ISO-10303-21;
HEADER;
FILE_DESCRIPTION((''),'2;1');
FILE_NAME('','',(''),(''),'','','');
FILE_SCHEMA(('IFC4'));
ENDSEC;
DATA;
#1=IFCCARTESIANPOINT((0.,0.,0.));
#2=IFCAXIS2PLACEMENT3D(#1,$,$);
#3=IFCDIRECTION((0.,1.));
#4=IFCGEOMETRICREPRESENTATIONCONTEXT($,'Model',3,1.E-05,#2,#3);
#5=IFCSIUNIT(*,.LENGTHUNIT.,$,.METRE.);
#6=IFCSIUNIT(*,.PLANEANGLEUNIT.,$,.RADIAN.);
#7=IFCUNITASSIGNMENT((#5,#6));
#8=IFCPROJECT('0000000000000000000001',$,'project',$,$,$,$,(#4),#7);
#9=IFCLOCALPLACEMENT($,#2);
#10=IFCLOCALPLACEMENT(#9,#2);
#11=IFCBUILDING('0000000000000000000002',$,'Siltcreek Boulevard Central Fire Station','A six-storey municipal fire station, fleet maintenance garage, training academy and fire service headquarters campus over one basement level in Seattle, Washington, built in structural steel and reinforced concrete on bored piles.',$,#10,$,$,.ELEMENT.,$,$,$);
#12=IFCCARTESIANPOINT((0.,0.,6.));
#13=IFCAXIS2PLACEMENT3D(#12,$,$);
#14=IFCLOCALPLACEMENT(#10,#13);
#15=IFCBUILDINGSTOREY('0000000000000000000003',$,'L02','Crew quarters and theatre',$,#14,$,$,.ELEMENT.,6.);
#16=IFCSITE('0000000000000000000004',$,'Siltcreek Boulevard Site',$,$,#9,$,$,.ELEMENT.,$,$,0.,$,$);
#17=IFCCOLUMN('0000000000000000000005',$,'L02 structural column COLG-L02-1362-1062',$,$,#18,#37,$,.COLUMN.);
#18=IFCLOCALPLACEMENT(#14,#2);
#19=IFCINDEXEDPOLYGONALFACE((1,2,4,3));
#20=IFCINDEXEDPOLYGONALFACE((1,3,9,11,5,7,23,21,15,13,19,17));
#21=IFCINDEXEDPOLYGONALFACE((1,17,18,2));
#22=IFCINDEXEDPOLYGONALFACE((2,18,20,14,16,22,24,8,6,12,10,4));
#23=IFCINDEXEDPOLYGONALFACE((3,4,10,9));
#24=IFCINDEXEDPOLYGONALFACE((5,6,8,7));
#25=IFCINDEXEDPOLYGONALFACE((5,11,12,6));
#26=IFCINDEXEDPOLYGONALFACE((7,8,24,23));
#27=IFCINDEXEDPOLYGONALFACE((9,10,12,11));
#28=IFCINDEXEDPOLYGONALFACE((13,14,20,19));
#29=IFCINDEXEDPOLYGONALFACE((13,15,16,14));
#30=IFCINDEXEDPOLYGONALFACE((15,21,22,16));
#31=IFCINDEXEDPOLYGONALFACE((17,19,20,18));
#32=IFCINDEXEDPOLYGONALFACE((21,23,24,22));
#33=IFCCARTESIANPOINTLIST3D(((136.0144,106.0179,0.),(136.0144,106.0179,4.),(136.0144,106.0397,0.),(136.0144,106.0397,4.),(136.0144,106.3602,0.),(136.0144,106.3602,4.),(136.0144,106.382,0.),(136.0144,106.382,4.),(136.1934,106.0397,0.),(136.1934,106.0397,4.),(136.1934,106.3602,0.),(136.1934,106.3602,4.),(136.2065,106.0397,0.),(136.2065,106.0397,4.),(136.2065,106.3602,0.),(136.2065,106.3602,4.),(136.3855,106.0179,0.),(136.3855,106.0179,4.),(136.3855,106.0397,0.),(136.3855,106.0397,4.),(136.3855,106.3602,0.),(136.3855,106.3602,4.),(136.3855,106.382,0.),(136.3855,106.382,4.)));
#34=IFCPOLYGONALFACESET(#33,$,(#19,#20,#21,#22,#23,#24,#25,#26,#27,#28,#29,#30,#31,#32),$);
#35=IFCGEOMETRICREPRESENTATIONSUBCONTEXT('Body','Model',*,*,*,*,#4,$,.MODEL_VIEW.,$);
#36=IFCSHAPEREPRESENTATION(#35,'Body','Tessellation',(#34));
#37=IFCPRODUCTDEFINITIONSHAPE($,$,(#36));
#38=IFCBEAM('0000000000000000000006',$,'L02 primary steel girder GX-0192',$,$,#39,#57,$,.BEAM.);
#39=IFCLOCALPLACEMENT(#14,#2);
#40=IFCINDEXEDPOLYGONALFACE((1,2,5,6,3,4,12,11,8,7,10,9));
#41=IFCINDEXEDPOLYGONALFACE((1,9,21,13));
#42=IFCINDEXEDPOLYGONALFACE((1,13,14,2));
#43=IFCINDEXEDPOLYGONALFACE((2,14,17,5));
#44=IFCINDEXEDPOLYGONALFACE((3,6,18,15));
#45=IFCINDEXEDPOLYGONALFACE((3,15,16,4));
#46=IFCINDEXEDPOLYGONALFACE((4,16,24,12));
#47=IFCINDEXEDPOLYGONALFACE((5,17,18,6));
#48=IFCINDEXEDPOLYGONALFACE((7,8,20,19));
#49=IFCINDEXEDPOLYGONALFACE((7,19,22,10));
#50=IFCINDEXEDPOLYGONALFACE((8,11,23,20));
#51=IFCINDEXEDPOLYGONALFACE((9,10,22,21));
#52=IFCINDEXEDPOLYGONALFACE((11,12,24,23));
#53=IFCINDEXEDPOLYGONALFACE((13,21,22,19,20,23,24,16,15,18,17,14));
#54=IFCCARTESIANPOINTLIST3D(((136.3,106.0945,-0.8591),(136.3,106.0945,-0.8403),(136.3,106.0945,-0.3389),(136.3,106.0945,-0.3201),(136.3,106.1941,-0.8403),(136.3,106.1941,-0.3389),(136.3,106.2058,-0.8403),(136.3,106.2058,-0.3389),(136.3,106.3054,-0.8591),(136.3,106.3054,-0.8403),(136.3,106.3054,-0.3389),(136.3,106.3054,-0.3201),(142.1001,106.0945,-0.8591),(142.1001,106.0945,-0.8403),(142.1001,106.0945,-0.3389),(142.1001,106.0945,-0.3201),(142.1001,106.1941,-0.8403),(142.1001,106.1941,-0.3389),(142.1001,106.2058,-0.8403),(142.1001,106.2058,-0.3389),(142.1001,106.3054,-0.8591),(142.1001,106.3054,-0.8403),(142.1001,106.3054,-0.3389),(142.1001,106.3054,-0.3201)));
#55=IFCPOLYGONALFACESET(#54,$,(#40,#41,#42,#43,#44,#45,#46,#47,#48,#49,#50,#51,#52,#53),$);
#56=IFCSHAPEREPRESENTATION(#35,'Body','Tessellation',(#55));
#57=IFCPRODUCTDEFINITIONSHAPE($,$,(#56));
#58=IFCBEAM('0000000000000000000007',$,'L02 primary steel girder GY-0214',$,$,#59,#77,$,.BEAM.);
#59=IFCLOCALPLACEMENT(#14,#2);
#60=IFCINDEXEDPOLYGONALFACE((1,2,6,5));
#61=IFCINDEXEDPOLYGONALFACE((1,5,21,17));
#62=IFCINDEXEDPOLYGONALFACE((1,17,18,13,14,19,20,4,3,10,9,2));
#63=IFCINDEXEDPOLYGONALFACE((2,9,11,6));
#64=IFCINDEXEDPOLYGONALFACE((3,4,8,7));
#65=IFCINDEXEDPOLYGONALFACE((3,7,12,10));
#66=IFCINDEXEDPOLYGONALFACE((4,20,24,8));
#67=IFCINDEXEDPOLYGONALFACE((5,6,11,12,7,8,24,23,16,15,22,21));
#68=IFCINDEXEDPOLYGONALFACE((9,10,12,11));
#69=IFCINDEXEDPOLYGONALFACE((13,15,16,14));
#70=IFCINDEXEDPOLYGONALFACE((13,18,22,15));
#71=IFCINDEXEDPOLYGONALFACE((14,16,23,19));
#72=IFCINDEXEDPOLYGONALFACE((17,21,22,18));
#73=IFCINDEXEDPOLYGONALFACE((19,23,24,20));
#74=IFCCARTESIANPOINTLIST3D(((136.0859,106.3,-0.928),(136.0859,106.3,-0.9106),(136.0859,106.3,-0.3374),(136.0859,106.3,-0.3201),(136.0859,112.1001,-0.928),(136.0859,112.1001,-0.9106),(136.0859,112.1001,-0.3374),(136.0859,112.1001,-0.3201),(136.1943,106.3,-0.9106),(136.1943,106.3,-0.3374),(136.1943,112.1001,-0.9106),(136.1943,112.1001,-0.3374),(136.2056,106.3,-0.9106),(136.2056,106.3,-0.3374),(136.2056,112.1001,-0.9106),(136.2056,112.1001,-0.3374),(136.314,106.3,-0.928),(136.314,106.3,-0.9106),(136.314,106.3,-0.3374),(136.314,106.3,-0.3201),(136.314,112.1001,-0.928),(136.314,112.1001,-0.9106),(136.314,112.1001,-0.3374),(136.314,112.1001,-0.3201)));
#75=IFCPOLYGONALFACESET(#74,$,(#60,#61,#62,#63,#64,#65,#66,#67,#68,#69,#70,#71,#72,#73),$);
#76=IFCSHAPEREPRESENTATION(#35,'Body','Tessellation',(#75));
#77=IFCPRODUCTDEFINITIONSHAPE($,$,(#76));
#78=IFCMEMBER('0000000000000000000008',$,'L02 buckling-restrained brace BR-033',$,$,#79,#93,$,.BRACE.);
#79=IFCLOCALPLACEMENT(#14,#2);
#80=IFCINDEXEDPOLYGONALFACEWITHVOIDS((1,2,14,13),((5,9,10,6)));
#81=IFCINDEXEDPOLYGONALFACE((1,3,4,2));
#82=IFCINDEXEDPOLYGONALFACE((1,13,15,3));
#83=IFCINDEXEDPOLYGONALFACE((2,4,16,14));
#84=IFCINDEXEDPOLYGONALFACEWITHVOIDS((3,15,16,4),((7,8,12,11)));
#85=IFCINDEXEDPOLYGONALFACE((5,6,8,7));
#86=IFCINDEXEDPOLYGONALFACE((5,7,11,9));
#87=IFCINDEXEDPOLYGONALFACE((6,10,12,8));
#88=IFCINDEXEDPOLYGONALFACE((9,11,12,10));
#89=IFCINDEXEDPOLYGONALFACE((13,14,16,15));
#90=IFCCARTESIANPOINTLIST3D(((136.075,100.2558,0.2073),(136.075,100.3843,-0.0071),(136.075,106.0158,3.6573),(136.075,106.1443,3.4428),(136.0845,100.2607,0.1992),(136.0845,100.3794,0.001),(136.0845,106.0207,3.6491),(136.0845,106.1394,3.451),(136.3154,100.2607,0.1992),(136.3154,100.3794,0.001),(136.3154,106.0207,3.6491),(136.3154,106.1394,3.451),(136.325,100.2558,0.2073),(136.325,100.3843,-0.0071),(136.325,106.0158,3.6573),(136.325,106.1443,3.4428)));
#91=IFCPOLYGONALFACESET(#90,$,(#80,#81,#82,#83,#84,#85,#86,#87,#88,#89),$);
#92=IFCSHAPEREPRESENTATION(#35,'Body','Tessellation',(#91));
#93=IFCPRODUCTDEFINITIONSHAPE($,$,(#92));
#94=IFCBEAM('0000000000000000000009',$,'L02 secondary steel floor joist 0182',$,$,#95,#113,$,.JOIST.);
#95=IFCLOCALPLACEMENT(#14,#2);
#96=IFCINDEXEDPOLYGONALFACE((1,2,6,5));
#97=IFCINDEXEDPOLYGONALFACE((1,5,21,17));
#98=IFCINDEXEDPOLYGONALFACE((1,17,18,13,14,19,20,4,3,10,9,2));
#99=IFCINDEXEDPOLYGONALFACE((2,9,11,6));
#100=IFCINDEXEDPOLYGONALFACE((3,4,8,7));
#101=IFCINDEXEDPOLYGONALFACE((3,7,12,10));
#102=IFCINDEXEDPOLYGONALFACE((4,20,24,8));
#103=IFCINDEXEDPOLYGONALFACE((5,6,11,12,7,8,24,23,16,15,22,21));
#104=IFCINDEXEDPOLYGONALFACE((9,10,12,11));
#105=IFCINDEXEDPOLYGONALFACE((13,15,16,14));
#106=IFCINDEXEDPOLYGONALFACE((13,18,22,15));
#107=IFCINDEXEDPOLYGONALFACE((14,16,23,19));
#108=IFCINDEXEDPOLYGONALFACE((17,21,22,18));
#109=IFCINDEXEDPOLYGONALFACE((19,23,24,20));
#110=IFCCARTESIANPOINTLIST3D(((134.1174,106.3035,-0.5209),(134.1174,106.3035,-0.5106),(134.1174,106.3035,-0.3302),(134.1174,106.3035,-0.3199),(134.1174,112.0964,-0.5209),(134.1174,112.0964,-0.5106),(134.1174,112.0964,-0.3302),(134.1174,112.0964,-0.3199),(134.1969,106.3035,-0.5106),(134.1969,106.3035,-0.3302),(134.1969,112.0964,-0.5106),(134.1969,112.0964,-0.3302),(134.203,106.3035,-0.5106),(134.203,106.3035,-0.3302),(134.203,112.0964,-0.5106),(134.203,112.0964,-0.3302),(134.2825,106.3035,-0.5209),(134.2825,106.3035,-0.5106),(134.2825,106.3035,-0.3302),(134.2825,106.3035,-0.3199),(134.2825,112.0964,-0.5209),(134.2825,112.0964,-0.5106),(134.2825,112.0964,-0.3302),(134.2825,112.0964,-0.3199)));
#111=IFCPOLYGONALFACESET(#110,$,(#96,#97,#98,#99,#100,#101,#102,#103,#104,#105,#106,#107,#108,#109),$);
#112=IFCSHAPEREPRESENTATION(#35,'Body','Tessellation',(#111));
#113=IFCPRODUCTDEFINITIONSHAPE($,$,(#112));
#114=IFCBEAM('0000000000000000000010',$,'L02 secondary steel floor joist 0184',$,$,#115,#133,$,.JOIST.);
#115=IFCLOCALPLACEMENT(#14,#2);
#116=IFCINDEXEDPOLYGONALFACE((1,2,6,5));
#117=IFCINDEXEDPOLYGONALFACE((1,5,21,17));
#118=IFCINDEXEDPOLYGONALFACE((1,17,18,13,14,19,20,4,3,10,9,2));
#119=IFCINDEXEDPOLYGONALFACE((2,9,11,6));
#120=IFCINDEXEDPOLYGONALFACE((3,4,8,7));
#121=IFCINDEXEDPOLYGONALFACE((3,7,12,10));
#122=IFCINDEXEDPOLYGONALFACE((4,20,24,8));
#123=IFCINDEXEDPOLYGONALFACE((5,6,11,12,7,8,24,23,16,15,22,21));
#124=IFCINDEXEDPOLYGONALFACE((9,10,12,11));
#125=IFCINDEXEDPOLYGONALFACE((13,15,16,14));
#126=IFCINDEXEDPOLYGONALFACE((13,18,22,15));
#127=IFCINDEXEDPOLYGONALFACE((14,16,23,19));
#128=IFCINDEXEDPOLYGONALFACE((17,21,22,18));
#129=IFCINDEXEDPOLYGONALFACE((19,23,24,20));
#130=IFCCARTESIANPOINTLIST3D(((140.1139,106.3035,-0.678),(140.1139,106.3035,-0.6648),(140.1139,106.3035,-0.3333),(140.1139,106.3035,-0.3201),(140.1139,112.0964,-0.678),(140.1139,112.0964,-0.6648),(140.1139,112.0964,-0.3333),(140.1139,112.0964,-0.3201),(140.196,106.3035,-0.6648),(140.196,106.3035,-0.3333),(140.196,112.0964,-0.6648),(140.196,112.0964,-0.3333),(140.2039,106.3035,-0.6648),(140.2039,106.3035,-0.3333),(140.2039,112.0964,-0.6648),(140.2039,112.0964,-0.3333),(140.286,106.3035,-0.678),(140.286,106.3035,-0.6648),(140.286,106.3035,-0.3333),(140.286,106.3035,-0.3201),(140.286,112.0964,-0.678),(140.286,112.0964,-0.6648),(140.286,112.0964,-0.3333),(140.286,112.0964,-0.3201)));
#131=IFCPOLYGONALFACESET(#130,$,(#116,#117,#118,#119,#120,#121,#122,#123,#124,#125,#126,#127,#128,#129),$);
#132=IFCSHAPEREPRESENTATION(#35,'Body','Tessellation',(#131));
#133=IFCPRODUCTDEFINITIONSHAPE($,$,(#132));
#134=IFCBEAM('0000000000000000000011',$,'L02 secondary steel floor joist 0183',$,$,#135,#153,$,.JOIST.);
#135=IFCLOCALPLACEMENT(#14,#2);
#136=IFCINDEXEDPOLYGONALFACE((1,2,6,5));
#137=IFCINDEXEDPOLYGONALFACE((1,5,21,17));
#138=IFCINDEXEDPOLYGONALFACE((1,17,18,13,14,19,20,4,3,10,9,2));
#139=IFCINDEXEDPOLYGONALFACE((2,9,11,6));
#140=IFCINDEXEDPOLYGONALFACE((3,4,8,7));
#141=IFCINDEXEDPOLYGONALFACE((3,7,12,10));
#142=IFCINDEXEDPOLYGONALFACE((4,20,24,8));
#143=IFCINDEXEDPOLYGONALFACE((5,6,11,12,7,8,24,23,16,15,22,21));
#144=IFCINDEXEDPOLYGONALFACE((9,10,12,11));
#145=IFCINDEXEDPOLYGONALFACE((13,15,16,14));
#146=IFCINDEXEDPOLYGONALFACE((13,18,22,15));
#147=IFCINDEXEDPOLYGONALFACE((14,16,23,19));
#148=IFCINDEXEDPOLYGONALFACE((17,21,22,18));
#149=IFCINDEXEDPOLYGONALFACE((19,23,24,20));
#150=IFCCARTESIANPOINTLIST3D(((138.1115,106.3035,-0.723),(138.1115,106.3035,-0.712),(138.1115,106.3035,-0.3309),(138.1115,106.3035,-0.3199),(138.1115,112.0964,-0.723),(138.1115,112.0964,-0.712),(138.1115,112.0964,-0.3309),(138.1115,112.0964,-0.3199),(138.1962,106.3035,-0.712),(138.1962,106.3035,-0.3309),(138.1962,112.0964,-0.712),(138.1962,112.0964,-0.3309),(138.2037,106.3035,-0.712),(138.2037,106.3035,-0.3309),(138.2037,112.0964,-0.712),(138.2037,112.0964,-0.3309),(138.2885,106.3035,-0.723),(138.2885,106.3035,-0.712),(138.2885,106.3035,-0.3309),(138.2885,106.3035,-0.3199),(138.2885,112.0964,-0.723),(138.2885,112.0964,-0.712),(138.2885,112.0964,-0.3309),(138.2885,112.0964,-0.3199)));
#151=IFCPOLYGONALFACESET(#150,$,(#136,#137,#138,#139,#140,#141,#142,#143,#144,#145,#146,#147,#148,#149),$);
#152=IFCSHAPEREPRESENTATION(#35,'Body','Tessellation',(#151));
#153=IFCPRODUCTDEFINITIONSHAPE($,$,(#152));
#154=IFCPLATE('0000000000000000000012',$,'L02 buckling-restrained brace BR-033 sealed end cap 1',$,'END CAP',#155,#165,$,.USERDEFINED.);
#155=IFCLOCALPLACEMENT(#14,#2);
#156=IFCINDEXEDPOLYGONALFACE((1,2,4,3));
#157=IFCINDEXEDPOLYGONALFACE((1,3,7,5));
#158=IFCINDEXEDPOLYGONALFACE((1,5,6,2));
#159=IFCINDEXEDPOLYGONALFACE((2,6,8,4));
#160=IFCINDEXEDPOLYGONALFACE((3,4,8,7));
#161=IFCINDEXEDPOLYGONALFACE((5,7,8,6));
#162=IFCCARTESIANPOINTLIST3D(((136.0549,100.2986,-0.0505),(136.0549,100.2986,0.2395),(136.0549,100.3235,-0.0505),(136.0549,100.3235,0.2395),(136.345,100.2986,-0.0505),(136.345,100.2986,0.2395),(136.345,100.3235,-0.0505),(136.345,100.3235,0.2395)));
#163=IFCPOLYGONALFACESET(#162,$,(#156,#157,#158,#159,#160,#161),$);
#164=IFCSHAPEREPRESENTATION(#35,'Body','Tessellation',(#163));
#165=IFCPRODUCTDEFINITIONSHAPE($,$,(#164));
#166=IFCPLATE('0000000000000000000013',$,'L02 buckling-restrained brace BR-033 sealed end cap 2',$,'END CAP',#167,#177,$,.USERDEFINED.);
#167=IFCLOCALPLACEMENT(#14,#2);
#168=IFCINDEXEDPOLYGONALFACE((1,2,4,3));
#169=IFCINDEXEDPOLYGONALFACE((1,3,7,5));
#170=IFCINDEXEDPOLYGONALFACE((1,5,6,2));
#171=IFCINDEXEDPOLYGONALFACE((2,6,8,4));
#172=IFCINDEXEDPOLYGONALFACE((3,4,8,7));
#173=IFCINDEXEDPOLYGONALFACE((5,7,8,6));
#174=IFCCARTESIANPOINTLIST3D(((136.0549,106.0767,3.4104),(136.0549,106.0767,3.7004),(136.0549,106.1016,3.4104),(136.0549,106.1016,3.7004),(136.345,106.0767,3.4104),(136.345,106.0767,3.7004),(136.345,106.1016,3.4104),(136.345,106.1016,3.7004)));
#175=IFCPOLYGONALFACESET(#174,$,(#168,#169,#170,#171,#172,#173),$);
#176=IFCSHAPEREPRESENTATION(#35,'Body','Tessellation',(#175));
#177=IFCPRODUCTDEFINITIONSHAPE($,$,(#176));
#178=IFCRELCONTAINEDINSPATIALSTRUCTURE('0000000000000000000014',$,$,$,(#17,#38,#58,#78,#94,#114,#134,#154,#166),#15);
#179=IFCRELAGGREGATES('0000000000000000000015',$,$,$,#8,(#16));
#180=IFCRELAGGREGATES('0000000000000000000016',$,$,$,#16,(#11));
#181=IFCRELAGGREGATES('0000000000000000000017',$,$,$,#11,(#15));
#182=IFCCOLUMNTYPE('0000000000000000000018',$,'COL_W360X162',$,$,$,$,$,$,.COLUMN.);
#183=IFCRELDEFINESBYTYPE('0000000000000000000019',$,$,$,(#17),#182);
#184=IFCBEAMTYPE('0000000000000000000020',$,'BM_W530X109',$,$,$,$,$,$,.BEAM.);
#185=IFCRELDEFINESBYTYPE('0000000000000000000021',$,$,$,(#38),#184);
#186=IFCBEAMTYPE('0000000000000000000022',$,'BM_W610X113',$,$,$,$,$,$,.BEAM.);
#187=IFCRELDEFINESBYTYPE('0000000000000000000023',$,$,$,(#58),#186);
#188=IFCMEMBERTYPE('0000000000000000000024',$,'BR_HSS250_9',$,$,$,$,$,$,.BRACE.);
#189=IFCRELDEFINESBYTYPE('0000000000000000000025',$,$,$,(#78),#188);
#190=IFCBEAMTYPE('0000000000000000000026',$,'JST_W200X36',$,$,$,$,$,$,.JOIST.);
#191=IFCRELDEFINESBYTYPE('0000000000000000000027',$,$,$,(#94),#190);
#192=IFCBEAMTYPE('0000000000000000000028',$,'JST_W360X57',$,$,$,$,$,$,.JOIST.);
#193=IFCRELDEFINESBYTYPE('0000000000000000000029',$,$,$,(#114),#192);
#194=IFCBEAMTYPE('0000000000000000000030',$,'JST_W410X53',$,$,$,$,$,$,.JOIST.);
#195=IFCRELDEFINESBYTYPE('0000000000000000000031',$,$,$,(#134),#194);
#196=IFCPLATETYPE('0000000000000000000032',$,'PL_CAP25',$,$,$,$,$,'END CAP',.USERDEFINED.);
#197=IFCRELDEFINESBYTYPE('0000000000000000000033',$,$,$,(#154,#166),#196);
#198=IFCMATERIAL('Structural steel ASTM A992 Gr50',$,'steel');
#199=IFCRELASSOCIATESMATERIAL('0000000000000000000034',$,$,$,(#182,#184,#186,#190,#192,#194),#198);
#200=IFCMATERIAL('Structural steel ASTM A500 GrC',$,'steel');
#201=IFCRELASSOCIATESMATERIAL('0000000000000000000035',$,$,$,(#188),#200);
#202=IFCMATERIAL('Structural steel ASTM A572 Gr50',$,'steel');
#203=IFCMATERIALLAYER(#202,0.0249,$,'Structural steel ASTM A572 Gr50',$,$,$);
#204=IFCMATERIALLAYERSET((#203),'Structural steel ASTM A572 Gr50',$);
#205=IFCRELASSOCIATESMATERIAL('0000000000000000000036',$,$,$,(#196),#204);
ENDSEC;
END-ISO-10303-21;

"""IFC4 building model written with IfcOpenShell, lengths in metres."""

from ifc_helpers import new_model, si_unit, direction, frame, origin, origin_2d, place, context, subcontext, project, spatial, rectangle, hollow_rectangle, i_section, extrude, material, layer, layer_set, material_profile, profile_set, type_object, element, save


model = new_model("IFC4")

# Units and contexts
model_context = context("Model", 3, precision=1e-05, world=origin(), true_north=direction((0.0, 1.0)))
body_context = subcontext(model_context, "Body", "Model", "MODEL_VIEW")
ifc_project = project(units=[si_unit("LENGTHUNIT", "METRE"), si_unit("PLANEANGLEUNIT", "RADIAN")], contexts=[model_context])

# Site, building, storey
site_placement = place(None, origin())
site = spatial("IfcSite", under=ifc_project, at=site_placement, Name="Siltcreek Boulevard Site", CompositionType="ELEMENT", RefElevation=0.0)
building_placement = place(site_placement, origin())
building = spatial("IfcBuilding", under=site, at=building_placement, Name="Siltcreek Boulevard Central Fire Station", Description="A six-storey municipal fire station, fleet maintenance garage, training academy and fire service headquarters campus over one basement level in Seattle, Washington, built in structural steel and reinforced concrete on bored piles.", CompositionType="ELEMENT")
storey_placement = place(building_placement, frame((0.0, 0.0, 6.0)))
storey = spatial("IfcBuildingStorey", under=building, at=storey_placement, Name="L02", Description="Crew quarters and theatre", CompositionType="ELEMENT", Elevation=6.0)

# Column
ifc_material_1 = material(Name="Structural steel ASTM A992 Gr50", Category="steel")
ifc_material_profile_1 = material_profile(ifc_material_1, i_section(OverallWidth=0.3711, OverallDepth=0.364, WebThickness=0.0132, FlangeThickness=0.0217, at=origin_2d()), Name="W360X162")
ifc_profile_set_1 = profile_set([ifc_material_profile_1], Name="Structural steel ASTM A992 Gr50")
column_type = type_object("IfcColumnType", Name="COL_W360X162", PredefinedType="COLUMN", material=ifc_profile_set_1)
column_placement = place(storey_placement, frame((136.2, 106.2, 0.0), z_axis=(0.0, 0.0, 1.0), x_axis=(1.0, 0.0, 0.0)))
element("IfcColumn", 1, at=column_placement, inside=storey, type_object=column_type, Name="L02 structural column COLG-L02-1362-1062", PredefinedType="COLUMN", context=body_context, shape_type="SweptSolid", body=[
    extrude(i_section(OverallWidth=0.3711, OverallDepth=0.364, WebThickness=0.0132, FlangeThickness=0.0217, at=origin_2d()), origin(), (0.0, 0.0, 1.0), 4.0),
])

# Beams
ifc_material_profile_2 = material_profile(ifc_material_1, i_section(OverallWidth=0.2109, OverallDepth=0.5391, WebThickness=0.0117, FlangeThickness=0.0188, at=origin_2d()), Name="W530X109")
ifc_profile_set_2 = profile_set([ifc_material_profile_2], Name="Structural steel ASTM A992 Gr50")
beam_type_1 = type_object("IfcBeamType", Name="BM_W530X109", PredefinedType="BEAM", material=ifc_profile_set_2)
beam_1_placement = place(storey_placement, frame((136.3, 106.2, -0.5896), z_axis=(1.0, 0.0, 0.0), x_axis=(0.0, 1.0, 0.0)))
element("IfcBeam", 2, at=beam_1_placement, inside=storey, type_object=beam_type_1, Name="L02 primary steel girder GX-0192", PredefinedType="BEAM", context=body_context, shape_type="SweptSolid", body=[
    extrude(i_section(OverallWidth=0.2109, OverallDepth=0.5391, WebThickness=0.0117, FlangeThickness=0.0188, at=origin_2d()), origin(), (0.0, 0.0, 1.0), 5.8),
])
ifc_material_profile_3 = material_profile(ifc_material_1, i_section(OverallWidth=0.228, OverallDepth=0.6079, WebThickness=0.0112, FlangeThickness=0.0173, at=origin_2d()), Name="W610X113")
ifc_profile_set_3 = profile_set([ifc_material_profile_3], Name="Structural steel ASTM A992 Gr50")
beam_type_2 = type_object("IfcBeamType", Name="BM_W610X113", PredefinedType="BEAM", material=ifc_profile_set_3)
beam_2_placement = place(storey_placement, frame((136.2, 106.3, -0.624), z_axis=(0.0, 1.0, 0.0), x_axis=(-1.0, 0.0, 0.0)))
element("IfcBeam", 3, at=beam_2_placement, inside=storey, type_object=beam_type_2, Name="L02 primary steel girder GY-0214", PredefinedType="BEAM", context=body_context, shape_type="SweptSolid", body=[
    extrude(i_section(OverallWidth=0.228, OverallDepth=0.6079, WebThickness=0.0112, FlangeThickness=0.0173, at=origin_2d()), origin(), (0.0, 0.0, 1.0), 5.8),
])

# Member
ifc_material_2 = material(Name="Structural steel ASTM A500 GrC", Category="steel")
ifc_material_profile_4 = material_profile(ifc_material_2, hollow_rectangle(XDim=0.25, YDim=0.25, WallThickness=0.0095, at=origin_2d()), Name="HSS250X250X9.5")
ifc_profile_set_4 = profile_set([ifc_material_profile_4], Name="Structural steel ASTM A500 GrC")
member_type = type_object("IfcMemberType", Name="BR_HSS250_9", PredefinedType="BRACE", material=ifc_profile_set_4)
member_placement = place(storey_placement, frame((136.2, 100.3201, 0.1001), z_axis=(0.0, 0.857891, 0.513833), x_axis=(-1.0, 0.0, 0.0)))
element("IfcMember", 4, at=member_placement, inside=storey, type_object=member_type, Name="L02 buckling-restrained brace BR-033", PredefinedType="BRACE", context=body_context, shape_type="SweptSolid", body=[
    extrude(hollow_rectangle(XDim=0.25, YDim=0.25, WallThickness=0.0095, at=origin_2d()), origin(), (0.0, 0.0, 1.0), 6.7141),
])

# Beams
ifc_material_profile_5 = material_profile(ifc_material_1, i_section(OverallWidth=0.165, OverallDepth=0.2009, WebThickness=0.0061, FlangeThickness=0.0103, at=origin_2d()), Name="W200X36")
ifc_profile_set_5 = profile_set([ifc_material_profile_5], Name="Structural steel ASTM A992 Gr50")
beam_type_3 = type_object("IfcBeamType", Name="JST_W200X36", PredefinedType="JOIST", material=ifc_profile_set_5)
beam_3_placement = place(storey_placement, frame((134.2, 106.3035, -0.4204), z_axis=(0.0, 1.0, 0.0), x_axis=(-1.0, 0.0, 0.0)))
element("IfcBeam", 5, at=beam_3_placement, inside=storey, type_object=beam_type_3, Name="L02 secondary steel floor joist 0182", PredefinedType="JOIST", context=body_context, shape_type="SweptSolid", body=[
    extrude(i_section(OverallWidth=0.165, OverallDepth=0.2009, WebThickness=0.0061, FlangeThickness=0.0103, at=origin_2d()), origin(), (0.0, 0.0, 1.0), 5.793),
])
ifc_material_profile_6 = material_profile(ifc_material_1, i_section(OverallWidth=0.1721, OverallDepth=0.3579, WebThickness=0.0078, FlangeThickness=0.0132, at=origin_2d()), Name="W360X57")
ifc_profile_set_6 = profile_set([ifc_material_profile_6], Name="Structural steel ASTM A992 Gr50")
beam_type_4 = type_object("IfcBeamType", Name="JST_W360X57", PredefinedType="JOIST", material=ifc_profile_set_6)
beam_4_placement = place(storey_placement, frame((140.2, 106.3035, -0.499), z_axis=(0.0, 1.0, 0.0), x_axis=(-1.0, 0.0, 0.0)))
element("IfcBeam", 6, at=beam_4_placement, inside=storey, type_object=beam_type_4, Name="L02 secondary steel floor joist 0184", PredefinedType="JOIST", context=body_context, shape_type="SweptSolid", body=[
    extrude(i_section(OverallWidth=0.1721, OverallDepth=0.3579, WebThickness=0.0078, FlangeThickness=0.0132, at=origin_2d()), origin(), (0.0, 0.0, 1.0), 5.793),
])
ifc_material_profile_7 = material_profile(ifc_material_1, i_section(OverallWidth=0.177, OverallDepth=0.4031, WebThickness=0.0076, FlangeThickness=0.011, at=origin_2d()), Name="W410X53")
ifc_profile_set_7 = profile_set([ifc_material_profile_7], Name="Structural steel ASTM A992 Gr50")
beam_type_5 = type_object("IfcBeamType", Name="JST_W410X53", PredefinedType="JOIST", material=ifc_profile_set_7)
beam_5_placement = place(storey_placement, frame((138.2, 106.3035, -0.5215), z_axis=(0.0, 1.0, 0.0), x_axis=(-1.0, 0.0, 0.0)))
element("IfcBeam", 7, at=beam_5_placement, inside=storey, type_object=beam_type_5, Name="L02 secondary steel floor joist 0183", PredefinedType="JOIST", context=body_context, shape_type="SweptSolid", body=[
    extrude(i_section(OverallWidth=0.177, OverallDepth=0.4031, WebThickness=0.0076, FlangeThickness=0.011, at=origin_2d()), origin(), (0.0, 0.0, 1.0), 5.793),
])

# Plates
ifc_material_3 = material(Name="Structural steel ASTM A572 Gr50", Category="steel")
ifc_layer_1 = layer(ifc_material_3, 0.0249, Name="Structural steel ASTM A572 Gr50")
ifc_layer_set_1 = layer_set([ifc_layer_1], Name="Structural steel ASTM A572 Gr50")
plate_type_1 = type_object("IfcPlateType", Name="PL_CAP25", ElementType="END CAP", PredefinedType="USERDEFINED", material=ifc_layer_set_1)
for number, where, z_axis, x_axis, name in (
    (8, (136.2, 100.311, -0.0505), (0.0, 0.0, 1.0), (0.0, 1.0, 0.0), "L02 buckling-restrained brace BR-033 sealed end cap 1"),
    (9, (136.2, 106.0891, 3.4104), (0.0, 0.0, 1.0), (0.0, 1.0, 0.0), "L02 buckling-restrained brace BR-033 sealed end cap 2"),
):
    element("IfcPlate", number, at=place(storey_placement, frame(where, z_axis=z_axis, x_axis=x_axis)), inside=storey, type_object=plate_type_1, Name=name, ObjectType="END CAP", PredefinedType="USERDEFINED", context=body_context, shape_type="SweptSolid", body=[
        extrude(rectangle(XDim=0.0249, YDim=0.29, at=origin_2d()), origin(), (0.0, 0.0, 1.0), 0.29),
    ])

save(model, "model.ifc")
